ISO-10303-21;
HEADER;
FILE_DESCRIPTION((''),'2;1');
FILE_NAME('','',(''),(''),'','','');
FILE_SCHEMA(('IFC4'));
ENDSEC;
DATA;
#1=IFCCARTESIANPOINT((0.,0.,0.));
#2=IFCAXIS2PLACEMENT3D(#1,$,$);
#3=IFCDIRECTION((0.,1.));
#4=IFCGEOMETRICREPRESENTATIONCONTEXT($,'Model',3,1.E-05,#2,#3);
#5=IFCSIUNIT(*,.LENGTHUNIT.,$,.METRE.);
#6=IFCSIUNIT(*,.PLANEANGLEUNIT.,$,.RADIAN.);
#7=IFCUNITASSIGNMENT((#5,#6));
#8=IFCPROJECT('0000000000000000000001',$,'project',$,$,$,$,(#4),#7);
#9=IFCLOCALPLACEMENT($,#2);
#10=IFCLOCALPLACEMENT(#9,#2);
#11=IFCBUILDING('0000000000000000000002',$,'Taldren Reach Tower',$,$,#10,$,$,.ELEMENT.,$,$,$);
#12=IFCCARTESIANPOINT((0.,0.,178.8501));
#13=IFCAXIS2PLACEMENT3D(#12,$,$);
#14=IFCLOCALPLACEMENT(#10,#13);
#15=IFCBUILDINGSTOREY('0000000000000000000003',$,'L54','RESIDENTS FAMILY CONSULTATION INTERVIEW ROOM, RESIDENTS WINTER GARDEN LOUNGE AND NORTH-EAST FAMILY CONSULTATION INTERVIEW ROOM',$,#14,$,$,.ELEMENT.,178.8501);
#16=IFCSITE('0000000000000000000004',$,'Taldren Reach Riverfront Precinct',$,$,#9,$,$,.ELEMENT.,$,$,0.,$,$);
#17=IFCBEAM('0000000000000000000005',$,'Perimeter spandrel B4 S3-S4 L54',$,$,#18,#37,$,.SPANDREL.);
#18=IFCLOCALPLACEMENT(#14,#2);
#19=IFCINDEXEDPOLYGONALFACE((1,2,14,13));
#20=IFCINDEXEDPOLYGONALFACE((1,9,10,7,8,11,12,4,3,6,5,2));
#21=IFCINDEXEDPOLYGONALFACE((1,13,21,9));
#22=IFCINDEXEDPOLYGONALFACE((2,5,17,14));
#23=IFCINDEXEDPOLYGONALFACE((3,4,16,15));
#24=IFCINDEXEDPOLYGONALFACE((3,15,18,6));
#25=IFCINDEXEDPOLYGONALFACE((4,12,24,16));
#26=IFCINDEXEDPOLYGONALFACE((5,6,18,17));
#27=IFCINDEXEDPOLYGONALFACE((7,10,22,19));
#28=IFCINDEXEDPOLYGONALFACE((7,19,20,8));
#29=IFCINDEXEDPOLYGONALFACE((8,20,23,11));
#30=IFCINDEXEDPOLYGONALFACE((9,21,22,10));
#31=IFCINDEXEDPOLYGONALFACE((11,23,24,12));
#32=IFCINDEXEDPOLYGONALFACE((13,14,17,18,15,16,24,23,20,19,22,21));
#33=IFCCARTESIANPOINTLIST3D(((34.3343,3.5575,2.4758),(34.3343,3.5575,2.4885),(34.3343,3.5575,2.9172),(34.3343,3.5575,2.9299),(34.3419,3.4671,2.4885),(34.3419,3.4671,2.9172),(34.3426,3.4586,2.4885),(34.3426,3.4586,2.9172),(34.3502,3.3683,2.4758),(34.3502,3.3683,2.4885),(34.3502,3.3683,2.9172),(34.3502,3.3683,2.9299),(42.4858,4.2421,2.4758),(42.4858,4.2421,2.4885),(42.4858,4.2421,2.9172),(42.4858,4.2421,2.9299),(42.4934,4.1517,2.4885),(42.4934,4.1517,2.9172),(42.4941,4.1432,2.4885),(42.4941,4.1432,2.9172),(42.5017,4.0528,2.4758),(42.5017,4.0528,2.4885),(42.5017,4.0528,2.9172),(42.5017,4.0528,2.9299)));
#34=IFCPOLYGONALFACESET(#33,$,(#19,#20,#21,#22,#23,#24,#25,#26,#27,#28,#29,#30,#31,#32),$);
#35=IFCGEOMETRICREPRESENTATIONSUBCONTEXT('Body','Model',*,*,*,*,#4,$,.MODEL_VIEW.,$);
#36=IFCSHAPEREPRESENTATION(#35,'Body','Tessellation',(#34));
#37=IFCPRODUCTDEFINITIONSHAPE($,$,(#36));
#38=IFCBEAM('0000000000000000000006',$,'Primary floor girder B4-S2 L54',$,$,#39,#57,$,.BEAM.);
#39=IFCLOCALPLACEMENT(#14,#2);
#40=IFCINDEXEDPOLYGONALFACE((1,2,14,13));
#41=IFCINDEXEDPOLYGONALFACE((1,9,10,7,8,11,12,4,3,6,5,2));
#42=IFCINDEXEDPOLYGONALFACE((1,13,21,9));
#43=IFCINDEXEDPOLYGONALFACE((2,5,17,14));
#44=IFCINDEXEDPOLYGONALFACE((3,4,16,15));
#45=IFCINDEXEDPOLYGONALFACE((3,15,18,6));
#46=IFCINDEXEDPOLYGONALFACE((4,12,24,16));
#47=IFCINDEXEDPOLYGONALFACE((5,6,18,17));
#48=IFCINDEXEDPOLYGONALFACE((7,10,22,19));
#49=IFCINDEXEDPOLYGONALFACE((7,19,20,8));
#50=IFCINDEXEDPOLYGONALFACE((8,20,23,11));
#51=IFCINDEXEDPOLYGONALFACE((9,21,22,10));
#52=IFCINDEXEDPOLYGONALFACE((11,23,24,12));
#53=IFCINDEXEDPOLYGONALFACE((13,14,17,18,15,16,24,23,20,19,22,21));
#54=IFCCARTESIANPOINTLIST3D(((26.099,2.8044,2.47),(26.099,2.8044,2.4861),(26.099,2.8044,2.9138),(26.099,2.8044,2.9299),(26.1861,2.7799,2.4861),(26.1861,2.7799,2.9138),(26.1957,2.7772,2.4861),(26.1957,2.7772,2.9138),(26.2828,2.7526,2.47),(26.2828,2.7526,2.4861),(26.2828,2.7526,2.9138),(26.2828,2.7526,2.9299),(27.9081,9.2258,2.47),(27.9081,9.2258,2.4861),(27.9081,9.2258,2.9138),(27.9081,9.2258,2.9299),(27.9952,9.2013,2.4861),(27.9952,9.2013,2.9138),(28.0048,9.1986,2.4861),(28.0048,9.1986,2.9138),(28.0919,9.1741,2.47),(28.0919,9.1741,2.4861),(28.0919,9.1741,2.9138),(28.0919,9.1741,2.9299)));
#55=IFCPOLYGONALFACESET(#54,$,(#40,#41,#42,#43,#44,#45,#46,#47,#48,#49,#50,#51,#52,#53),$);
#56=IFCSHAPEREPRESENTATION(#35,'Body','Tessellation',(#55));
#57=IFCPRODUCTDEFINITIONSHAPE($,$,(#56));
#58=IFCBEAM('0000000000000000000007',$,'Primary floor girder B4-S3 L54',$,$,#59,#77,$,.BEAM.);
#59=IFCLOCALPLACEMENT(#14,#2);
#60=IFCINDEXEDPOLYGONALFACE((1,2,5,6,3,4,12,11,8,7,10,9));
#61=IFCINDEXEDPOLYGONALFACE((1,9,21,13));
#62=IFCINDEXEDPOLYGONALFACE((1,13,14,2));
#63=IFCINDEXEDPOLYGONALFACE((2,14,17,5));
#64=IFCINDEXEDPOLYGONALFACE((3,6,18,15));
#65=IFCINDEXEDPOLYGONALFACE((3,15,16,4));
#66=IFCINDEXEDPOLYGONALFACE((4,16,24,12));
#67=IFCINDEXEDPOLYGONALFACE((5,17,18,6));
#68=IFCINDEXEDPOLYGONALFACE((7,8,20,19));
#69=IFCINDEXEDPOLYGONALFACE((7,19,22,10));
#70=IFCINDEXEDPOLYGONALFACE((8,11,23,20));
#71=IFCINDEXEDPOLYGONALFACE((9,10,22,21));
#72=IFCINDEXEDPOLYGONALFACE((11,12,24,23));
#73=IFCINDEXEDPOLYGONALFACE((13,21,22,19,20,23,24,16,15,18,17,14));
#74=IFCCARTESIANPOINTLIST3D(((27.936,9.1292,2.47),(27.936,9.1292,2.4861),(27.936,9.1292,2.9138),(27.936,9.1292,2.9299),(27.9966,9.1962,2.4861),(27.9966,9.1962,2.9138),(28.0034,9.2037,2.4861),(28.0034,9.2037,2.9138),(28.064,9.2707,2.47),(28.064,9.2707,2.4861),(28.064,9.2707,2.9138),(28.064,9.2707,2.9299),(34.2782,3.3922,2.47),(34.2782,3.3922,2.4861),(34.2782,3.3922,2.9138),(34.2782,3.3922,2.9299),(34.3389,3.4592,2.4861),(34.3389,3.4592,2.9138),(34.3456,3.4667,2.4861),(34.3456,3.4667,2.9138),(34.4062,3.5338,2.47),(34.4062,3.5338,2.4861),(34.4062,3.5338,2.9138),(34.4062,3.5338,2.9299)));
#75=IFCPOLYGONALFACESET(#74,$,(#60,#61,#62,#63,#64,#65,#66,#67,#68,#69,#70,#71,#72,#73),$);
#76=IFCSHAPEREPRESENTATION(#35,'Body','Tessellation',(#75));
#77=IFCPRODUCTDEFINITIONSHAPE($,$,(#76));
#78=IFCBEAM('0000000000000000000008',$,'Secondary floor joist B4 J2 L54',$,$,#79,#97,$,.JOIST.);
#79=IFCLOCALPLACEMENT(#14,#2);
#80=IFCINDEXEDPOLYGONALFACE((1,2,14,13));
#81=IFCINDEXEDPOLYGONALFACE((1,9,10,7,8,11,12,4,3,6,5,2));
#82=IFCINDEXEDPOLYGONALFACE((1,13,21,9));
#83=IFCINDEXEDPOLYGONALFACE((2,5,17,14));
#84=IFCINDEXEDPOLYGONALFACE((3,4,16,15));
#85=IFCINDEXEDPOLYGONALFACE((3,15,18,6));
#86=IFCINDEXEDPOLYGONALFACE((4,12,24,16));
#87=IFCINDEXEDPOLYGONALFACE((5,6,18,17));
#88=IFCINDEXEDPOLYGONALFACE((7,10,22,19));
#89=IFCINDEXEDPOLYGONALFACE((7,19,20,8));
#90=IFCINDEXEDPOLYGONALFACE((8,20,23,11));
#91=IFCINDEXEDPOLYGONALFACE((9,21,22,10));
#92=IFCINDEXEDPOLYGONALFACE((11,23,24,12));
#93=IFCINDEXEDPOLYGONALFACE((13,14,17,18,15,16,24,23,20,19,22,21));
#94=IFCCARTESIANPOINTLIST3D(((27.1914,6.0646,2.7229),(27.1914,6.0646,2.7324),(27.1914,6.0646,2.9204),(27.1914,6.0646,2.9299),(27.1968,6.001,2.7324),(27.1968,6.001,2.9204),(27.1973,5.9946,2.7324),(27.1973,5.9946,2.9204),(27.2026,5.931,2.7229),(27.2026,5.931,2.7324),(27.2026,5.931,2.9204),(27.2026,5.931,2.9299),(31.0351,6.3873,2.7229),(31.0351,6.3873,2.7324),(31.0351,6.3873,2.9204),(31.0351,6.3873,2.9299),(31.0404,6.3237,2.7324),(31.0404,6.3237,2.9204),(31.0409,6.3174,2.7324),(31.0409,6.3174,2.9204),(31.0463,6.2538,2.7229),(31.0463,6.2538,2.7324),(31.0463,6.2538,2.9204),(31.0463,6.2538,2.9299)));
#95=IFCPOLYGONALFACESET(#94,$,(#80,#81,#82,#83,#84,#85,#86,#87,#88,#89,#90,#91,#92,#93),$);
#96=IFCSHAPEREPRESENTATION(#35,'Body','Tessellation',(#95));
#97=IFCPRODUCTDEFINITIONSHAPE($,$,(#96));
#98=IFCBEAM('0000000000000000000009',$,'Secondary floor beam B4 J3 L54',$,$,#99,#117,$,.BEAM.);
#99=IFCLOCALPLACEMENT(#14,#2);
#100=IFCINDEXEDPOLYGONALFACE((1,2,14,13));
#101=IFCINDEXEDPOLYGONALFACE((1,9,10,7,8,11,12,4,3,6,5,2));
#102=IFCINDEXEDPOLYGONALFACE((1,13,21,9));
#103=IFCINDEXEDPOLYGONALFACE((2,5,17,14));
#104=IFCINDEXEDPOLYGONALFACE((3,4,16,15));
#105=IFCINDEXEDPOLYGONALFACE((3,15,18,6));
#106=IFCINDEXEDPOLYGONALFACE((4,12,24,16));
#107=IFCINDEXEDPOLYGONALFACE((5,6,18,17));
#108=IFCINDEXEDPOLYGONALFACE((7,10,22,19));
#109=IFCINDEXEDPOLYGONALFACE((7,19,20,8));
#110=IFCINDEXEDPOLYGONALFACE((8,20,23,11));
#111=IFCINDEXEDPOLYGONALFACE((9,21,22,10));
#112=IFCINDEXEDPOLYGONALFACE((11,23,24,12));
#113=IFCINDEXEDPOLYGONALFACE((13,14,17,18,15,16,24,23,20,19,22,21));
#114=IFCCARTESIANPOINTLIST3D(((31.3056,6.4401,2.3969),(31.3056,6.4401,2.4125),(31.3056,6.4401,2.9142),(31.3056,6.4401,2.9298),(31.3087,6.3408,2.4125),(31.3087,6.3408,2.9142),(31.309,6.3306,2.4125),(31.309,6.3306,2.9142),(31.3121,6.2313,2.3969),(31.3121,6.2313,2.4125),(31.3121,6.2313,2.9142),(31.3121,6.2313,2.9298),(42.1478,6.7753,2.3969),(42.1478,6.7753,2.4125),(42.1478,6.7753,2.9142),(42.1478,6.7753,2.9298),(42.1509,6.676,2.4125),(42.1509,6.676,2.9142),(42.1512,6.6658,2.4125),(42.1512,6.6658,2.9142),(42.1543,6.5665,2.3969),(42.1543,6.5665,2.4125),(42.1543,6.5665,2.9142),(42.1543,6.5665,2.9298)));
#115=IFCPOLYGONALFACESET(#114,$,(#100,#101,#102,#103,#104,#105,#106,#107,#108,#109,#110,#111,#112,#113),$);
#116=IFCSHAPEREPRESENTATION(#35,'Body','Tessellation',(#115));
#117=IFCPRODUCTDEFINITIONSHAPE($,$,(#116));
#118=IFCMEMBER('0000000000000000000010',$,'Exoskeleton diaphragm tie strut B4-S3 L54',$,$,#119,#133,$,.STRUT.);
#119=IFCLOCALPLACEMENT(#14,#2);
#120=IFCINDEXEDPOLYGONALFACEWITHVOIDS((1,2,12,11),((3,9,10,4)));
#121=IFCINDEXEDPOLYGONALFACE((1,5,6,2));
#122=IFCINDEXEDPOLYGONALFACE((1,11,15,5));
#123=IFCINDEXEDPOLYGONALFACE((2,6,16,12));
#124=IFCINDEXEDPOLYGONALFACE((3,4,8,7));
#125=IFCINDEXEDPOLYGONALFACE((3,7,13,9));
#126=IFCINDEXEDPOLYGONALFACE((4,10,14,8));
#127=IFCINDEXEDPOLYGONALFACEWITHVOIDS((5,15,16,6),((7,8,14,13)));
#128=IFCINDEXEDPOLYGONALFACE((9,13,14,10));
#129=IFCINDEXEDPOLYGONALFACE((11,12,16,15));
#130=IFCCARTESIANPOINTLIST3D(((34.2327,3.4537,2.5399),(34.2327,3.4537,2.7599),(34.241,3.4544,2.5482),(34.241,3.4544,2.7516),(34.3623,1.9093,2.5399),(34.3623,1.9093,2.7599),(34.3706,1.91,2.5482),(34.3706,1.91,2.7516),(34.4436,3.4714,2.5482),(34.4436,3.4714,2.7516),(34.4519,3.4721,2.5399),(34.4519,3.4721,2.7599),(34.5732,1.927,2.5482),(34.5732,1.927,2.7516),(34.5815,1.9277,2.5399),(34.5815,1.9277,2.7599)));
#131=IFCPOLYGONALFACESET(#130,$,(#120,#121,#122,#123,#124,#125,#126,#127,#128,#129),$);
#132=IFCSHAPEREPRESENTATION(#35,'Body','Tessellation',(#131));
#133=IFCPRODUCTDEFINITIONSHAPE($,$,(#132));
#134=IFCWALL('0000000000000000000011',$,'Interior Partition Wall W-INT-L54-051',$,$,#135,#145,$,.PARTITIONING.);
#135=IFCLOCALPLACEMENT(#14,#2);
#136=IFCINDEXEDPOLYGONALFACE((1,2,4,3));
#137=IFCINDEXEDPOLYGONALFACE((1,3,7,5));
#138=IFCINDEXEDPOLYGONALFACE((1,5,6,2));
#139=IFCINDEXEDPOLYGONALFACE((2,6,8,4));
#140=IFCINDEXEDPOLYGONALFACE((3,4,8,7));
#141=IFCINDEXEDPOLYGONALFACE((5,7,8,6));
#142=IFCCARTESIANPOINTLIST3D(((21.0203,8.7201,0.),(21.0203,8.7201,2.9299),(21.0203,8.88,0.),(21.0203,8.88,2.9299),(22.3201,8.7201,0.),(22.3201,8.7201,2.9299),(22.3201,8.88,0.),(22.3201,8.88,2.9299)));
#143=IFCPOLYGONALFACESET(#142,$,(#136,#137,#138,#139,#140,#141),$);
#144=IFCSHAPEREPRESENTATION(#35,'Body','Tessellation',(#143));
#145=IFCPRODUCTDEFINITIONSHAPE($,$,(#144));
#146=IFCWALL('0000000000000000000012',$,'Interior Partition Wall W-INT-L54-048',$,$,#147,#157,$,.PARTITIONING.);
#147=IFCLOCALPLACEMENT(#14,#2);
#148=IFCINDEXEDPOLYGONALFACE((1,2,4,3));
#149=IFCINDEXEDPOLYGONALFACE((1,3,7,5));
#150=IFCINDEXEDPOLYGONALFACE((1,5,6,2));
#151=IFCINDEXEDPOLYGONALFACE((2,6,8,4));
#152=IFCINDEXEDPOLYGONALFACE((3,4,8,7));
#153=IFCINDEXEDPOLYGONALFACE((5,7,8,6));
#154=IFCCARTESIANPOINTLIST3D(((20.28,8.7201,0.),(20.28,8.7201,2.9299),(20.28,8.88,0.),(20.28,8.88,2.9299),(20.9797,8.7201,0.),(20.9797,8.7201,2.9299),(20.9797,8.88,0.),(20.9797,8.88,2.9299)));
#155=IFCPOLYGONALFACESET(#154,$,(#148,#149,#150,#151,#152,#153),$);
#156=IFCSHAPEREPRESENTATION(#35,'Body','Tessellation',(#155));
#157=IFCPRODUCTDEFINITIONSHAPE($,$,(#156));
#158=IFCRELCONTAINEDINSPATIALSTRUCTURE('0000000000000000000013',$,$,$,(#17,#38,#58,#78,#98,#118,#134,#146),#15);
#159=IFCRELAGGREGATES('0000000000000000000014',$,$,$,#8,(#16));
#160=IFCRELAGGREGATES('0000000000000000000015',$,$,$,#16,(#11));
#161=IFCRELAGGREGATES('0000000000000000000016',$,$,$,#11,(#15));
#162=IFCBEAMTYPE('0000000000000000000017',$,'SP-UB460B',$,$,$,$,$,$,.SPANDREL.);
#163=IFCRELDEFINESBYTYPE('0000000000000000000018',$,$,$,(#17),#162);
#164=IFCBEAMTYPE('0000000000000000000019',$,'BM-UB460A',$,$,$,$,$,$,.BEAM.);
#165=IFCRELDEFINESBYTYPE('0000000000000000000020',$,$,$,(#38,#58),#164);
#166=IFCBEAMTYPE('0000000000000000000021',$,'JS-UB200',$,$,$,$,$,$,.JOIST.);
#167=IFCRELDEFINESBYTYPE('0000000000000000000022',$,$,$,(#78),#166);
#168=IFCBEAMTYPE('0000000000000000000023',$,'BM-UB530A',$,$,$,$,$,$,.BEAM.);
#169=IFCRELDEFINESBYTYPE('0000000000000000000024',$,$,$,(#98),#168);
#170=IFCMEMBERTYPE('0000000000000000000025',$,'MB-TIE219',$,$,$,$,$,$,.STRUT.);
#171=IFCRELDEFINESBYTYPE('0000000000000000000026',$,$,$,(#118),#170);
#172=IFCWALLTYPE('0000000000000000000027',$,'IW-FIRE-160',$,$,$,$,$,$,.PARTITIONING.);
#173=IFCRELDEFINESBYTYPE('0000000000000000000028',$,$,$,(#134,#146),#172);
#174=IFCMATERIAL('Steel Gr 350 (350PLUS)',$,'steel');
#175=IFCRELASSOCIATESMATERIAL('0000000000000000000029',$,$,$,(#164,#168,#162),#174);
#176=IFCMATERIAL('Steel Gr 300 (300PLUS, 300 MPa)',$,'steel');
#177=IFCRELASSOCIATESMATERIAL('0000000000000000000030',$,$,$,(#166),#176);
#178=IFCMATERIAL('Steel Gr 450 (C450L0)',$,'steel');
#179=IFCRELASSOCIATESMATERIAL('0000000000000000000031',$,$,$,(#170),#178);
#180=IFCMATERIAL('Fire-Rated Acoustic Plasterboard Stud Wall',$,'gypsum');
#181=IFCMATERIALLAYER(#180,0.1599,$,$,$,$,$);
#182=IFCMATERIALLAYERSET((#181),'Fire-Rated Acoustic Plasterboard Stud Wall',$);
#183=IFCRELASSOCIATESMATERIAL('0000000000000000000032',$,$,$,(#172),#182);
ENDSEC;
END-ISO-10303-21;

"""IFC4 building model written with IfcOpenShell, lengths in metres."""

from ifc_helpers import new_model, si_unit, direction, frame, frame_2d, origin, origin_2d, place, context, subcontext, project, spatial, rectangle, hollow_rectangle, i_section, extrude, source, transform, mapped, material, layer, layer_set, material_profile, profile_set, type_object, element, save


model = new_model("IFC4")

# Units and contexts
model_context = context("Model", 3, precision=1e-05, world=origin(), true_north=direction((0.0, 1.0)))
body_context = subcontext(model_context, "Body", "Model", "MODEL_VIEW")
ifc_project = project(units=[si_unit("LENGTHUNIT", "METRE"), si_unit("PLANEANGLEUNIT", "RADIAN")], contexts=[model_context])

# Site, building, storey
site_placement = place(None, origin())
site = spatial("IfcSite", under=ifc_project, at=site_placement, Name="Taldren Reach Riverfront Precinct", CompositionType="ELEMENT", RefElevation=0.0)
building_placement = place(site_placement, origin())
building = spatial("IfcBuilding", under=site, at=building_placement, Name="Taldren Reach Tower", CompositionType="ELEMENT")
storey_placement = place(building_placement, frame((0.0, 0.0, 178.8501)))
storey = spatial("IfcBuildingStorey", under=building, at=storey_placement, Name="L54", Description="RESIDENTS FAMILY CONSULTATION INTERVIEW ROOM, RESIDENTS WINTER GARDEN LOUNGE AND NORTH-EAST FAMILY CONSULTATION INTERVIEW ROOM", CompositionType="ELEMENT", Elevation=178.8501)

# Shared definitions
ifc_material_1 = material(Name="Steel Gr 350 (350PLUS)", Category="steel")
ifc_material_2 = material(Name="Steel Gr 450 (C450L0)", Category="steel")

# Shared definitions
ifc_material_profile_1 = material_profile(ifc_material_1, i_section(OverallWidth=0.1909, OverallDepth=0.46, WebThickness=0.01, FlangeThickness=0.0161, at=origin_2d()), Name="460UB82.1")
ifc_profile_set_1 = profile_set([ifc_material_profile_1], Name="Steel Gr 350 (350PLUS)")
beam_type_1 = type_object("IfcBeamType", Name="BM-UB460A", PredefinedType="BEAM", material=ifc_profile_set_1)
ifc_material_profile_2 = material_profile(ifc_material_1, i_section(OverallWidth=0.209, OverallDepth=0.533, WebThickness=0.0103, FlangeThickness=0.0156, at=origin_2d()), Name="530UB92.4")
ifc_profile_set_2 = profile_set([ifc_material_profile_2], Name="Steel Gr 350 (350PLUS)")
beam_type_2 = type_object("IfcBeamType", Name="BM-UB530A", PredefinedType="BEAM", material=ifc_profile_set_2)

# Beams
ifc_material_profile_3 = material_profile(ifc_material_1, i_section(OverallWidth=0.1899, OverallDepth=0.4541, WebThickness=0.0085, FlangeThickness=0.0127, at=origin_2d()), Name="460UB67.1")
ifc_profile_set_3 = profile_set([ifc_material_profile_3], Name="Steel Gr 350 (350PLUS)")
beam_type_3 = type_object("IfcBeamType", Name="SP-UB460B", PredefinedType="SPANDREL", material=ifc_profile_set_3)
shared_shape_1 = source(origin(), body_context, "Body", "SweptSolid", [
    extrude(i_section(OverallWidth=0.1899, OverallDepth=0.4541, WebThickness=0.0085, FlangeThickness=0.0127, at=origin_2d()), origin(), (0.0, 0.0, 1.0), 8.1802),
])
beam_1_placement = place(storey_placement, frame((34.3423, 3.4629, 2.7029), z_axis=(0.996492, 0.083688, 0.0), x_axis=(-0.083688, 0.996492, 0.0)))
element("IfcBeam", 1, at=beam_1_placement, inside=storey, type_object=beam_type_3, Name="Perimeter spandrel B4 S3-S4 L54", PredefinedType="SPANDREL", context=body_context, shape_type="MappedRepresentation", body=[
    mapped(shared_shape_1, transform((0.0, 0.0, 0.0), scale=1.0)),
])
shared_shape_2 = source(origin(), body_context, "Body", "SweptSolid", [
    extrude(i_section(OverallWidth=0.1909, OverallDepth=0.46, WebThickness=0.01, FlangeThickness=0.0161, at=origin_2d()), origin(), (0.0, 0.0, 1.0), 6.6714),
])
beam_2_placement = place(storey_placement, frame((28.0, 9.2, 2.7), z_axis=(-0.271172, -0.962531, 0.0), x_axis=(0.962531, -0.271172, 0.0)))
element("IfcBeam", 2, at=beam_2_placement, inside=storey, type_object=beam_type_1, Name="Primary floor girder B4-S2 L54", PredefinedType="BEAM", context=body_context, shape_type="MappedRepresentation", body=[
    mapped(shared_shape_2, transform((0.0, 0.0, 0.0), scale=1.0)),
])
shared_shape_3 = source(origin(), body_context, "Body", "SweptSolid", [
    extrude(i_section(OverallWidth=0.1909, OverallDepth=0.46, WebThickness=0.01, FlangeThickness=0.0161, at=origin_2d()), origin(), (0.0, 0.0, 1.0), 8.552),
])
beam_3_placement = place(storey_placement, frame((28.0, 9.2, 2.7), z_axis=(0.741605, -0.670836, 0.0), x_axis=(0.670836, 0.741605, 0.0)))
element("IfcBeam", 3, at=beam_3_placement, inside=storey, type_object=beam_type_1, Name="Primary floor girder B4-S3 L54", PredefinedType="BEAM", context=body_context, shape_type="MappedRepresentation", body=[
    mapped(shared_shape_3, transform((0.0, 0.0, 0.0), scale=1.0)),
])
ifc_material_3 = material(Name="Steel Gr 300 (300PLUS, 300 MPa)", Category="steel")
ifc_material_profile_4 = material_profile(ifc_material_3, i_section(OverallWidth=0.134, OverallDepth=0.207, WebThickness=0.0063, FlangeThickness=0.0095, at=origin_2d()), Name="200UB29.8")
ifc_profile_set_4 = profile_set([ifc_material_profile_4], Name="Steel Gr 300 (300PLUS, 300 MPa)")
beam_type_4 = type_object("IfcBeamType", Name="JS-UB200", PredefinedType="JOIST", material=ifc_profile_set_4)
shared_shape_4 = source(origin(), body_context, "Body", "SweptSolid", [
    extrude(i_section(OverallWidth=0.134, OverallDepth=0.207, WebThickness=0.0063, FlangeThickness=0.0095, at=origin_2d()), origin(), (0.0, 0.0, 1.0), 3.8572),
])
beam_4_placement = place(storey_placement, frame((27.197, 5.9978, 2.8264), z_axis=(0.996493, 0.083674, 0.0), x_axis=(-0.083674, 0.996493, 0.0)))
element("IfcBeam", 4, at=beam_4_placement, inside=storey, type_object=beam_type_4, Name="Secondary floor joist B4 J2 L54", PredefinedType="JOIST", context=body_context, shape_type="MappedRepresentation", body=[
    mapped(shared_shape_4, transform((0.0, 0.0, 0.0), scale=1.0)),
])
shared_shape_5 = source(origin(), body_context, "Body", "SweptSolid", [
    extrude(i_section(OverallWidth=0.209, OverallDepth=0.533, WebThickness=0.0103, FlangeThickness=0.0156, at=origin_2d()), origin(), (0.0, 0.0, 1.0), 10.8474),
])
beam_5_placement = place(storey_placement, frame((31.3088, 6.3357, 2.6633), z_axis=(0.999522, 0.030902, 0.0), x_axis=(-0.030902, 0.999522, 0.0)))
element("IfcBeam", 5, at=beam_5_placement, inside=storey, type_object=beam_type_2, Name="Secondary floor beam B4 J3 L54", PredefinedType="BEAM", context=body_context, shape_type="MappedRepresentation", body=[
    mapped(shared_shape_5, transform((0.0, 0.0, 0.0), scale=1.0)),
])

# Member
ifc_material_profile_5 = material_profile(ifc_material_2, hollow_rectangle(XDim=0.22, YDim=0.22, WallThickness=0.0083, at=origin_2d()), Name="220x220x8.2SHS")
ifc_profile_set_5 = profile_set([ifc_material_profile_5], Name="Steel Gr 450 (C450L0)")
member_type_1 = type_object("IfcMemberType", Name="MB-TIE219", PredefinedType="STRUT", material=ifc_profile_set_5)
shared_shape_6 = source(origin(), body_context, "Body", "SweptSolid", [
    extrude(hollow_rectangle(XDim=0.22, YDim=0.22, WallThickness=0.0083, at=origin_2d()), origin(), (0.0, 0.0, 1.0), 1.5498),
])
member_placement = place(storey_placement, frame((34.3423, 3.4629, 2.6499), z_axis=(0.083645, -0.996496, 0.0), x_axis=(0.996496, 0.083645, 0.0)))
element("IfcMember", 6, at=member_placement, inside=storey, type_object=member_type_1, Name="Exoskeleton diaphragm tie strut B4-S3 L54", PredefinedType="STRUT", context=body_context, shape_type="MappedRepresentation", body=[
    mapped(shared_shape_6, transform((0.0, 0.0, 0.0), scale=1.0)),
])

# Walls
ifc_material_4 = material(Name="Fire-Rated Acoustic Plasterboard Stud Wall", Category="gypsum")
ifc_layer_1 = layer(ifc_material_4, 0.1599)
ifc_layer_set_1 = layer_set([ifc_layer_1], Name="Fire-Rated Acoustic Plasterboard Stud Wall")
wall_type_1 = type_object("IfcWallType", Name="IW-FIRE-160", PredefinedType="PARTITIONING", material=ifc_layer_set_1)
shared_shape_7 = source(origin(), body_context, "Body", "SweptSolid", [
    extrude(rectangle(XDim=1.2998, YDim=0.1599, at=frame_2d((0.6499, 0.0))), origin(), (0.0, 0.0, 1.0), 2.9299),
])
wall_1_placement = place(storey_placement, frame((22.3201, 8.8, 0.0), z_axis=(0.0, 0.0, 1.0), x_axis=(-1.0, 0.0, 0.0)))
element("IfcWall", 7, at=wall_1_placement, inside=storey, type_object=wall_type_1, Name="Interior Partition Wall W-INT-L54-051", PredefinedType="PARTITIONING", context=body_context, shape_type="MappedRepresentation", body=[
    mapped(shared_shape_7, transform((0.0, 0.0, 0.0), scale=1.0)),
])
shared_shape_8 = source(origin(), body_context, "Body", "SweptSolid", [
    extrude(rectangle(XDim=0.6997, YDim=0.1599, at=frame_2d((0.3499, 0.0))), origin(), (0.0, 0.0, 1.0), 2.9299),
])
wall_2_placement = place(storey_placement, frame((20.9797, 8.8, 0.0), z_axis=(0.0, 0.0, 1.0), x_axis=(-1.0, 0.0, 0.0)))
element("IfcWall", 8, at=wall_2_placement, inside=storey, type_object=wall_type_1, Name="Interior Partition Wall W-INT-L54-048", PredefinedType="PARTITIONING", context=body_context, shape_type="MappedRepresentation", body=[
    mapped(shared_shape_8, transform((0.0, 0.0, 0.0), scale=1.0)),
])

save(model, "model.ifc")
